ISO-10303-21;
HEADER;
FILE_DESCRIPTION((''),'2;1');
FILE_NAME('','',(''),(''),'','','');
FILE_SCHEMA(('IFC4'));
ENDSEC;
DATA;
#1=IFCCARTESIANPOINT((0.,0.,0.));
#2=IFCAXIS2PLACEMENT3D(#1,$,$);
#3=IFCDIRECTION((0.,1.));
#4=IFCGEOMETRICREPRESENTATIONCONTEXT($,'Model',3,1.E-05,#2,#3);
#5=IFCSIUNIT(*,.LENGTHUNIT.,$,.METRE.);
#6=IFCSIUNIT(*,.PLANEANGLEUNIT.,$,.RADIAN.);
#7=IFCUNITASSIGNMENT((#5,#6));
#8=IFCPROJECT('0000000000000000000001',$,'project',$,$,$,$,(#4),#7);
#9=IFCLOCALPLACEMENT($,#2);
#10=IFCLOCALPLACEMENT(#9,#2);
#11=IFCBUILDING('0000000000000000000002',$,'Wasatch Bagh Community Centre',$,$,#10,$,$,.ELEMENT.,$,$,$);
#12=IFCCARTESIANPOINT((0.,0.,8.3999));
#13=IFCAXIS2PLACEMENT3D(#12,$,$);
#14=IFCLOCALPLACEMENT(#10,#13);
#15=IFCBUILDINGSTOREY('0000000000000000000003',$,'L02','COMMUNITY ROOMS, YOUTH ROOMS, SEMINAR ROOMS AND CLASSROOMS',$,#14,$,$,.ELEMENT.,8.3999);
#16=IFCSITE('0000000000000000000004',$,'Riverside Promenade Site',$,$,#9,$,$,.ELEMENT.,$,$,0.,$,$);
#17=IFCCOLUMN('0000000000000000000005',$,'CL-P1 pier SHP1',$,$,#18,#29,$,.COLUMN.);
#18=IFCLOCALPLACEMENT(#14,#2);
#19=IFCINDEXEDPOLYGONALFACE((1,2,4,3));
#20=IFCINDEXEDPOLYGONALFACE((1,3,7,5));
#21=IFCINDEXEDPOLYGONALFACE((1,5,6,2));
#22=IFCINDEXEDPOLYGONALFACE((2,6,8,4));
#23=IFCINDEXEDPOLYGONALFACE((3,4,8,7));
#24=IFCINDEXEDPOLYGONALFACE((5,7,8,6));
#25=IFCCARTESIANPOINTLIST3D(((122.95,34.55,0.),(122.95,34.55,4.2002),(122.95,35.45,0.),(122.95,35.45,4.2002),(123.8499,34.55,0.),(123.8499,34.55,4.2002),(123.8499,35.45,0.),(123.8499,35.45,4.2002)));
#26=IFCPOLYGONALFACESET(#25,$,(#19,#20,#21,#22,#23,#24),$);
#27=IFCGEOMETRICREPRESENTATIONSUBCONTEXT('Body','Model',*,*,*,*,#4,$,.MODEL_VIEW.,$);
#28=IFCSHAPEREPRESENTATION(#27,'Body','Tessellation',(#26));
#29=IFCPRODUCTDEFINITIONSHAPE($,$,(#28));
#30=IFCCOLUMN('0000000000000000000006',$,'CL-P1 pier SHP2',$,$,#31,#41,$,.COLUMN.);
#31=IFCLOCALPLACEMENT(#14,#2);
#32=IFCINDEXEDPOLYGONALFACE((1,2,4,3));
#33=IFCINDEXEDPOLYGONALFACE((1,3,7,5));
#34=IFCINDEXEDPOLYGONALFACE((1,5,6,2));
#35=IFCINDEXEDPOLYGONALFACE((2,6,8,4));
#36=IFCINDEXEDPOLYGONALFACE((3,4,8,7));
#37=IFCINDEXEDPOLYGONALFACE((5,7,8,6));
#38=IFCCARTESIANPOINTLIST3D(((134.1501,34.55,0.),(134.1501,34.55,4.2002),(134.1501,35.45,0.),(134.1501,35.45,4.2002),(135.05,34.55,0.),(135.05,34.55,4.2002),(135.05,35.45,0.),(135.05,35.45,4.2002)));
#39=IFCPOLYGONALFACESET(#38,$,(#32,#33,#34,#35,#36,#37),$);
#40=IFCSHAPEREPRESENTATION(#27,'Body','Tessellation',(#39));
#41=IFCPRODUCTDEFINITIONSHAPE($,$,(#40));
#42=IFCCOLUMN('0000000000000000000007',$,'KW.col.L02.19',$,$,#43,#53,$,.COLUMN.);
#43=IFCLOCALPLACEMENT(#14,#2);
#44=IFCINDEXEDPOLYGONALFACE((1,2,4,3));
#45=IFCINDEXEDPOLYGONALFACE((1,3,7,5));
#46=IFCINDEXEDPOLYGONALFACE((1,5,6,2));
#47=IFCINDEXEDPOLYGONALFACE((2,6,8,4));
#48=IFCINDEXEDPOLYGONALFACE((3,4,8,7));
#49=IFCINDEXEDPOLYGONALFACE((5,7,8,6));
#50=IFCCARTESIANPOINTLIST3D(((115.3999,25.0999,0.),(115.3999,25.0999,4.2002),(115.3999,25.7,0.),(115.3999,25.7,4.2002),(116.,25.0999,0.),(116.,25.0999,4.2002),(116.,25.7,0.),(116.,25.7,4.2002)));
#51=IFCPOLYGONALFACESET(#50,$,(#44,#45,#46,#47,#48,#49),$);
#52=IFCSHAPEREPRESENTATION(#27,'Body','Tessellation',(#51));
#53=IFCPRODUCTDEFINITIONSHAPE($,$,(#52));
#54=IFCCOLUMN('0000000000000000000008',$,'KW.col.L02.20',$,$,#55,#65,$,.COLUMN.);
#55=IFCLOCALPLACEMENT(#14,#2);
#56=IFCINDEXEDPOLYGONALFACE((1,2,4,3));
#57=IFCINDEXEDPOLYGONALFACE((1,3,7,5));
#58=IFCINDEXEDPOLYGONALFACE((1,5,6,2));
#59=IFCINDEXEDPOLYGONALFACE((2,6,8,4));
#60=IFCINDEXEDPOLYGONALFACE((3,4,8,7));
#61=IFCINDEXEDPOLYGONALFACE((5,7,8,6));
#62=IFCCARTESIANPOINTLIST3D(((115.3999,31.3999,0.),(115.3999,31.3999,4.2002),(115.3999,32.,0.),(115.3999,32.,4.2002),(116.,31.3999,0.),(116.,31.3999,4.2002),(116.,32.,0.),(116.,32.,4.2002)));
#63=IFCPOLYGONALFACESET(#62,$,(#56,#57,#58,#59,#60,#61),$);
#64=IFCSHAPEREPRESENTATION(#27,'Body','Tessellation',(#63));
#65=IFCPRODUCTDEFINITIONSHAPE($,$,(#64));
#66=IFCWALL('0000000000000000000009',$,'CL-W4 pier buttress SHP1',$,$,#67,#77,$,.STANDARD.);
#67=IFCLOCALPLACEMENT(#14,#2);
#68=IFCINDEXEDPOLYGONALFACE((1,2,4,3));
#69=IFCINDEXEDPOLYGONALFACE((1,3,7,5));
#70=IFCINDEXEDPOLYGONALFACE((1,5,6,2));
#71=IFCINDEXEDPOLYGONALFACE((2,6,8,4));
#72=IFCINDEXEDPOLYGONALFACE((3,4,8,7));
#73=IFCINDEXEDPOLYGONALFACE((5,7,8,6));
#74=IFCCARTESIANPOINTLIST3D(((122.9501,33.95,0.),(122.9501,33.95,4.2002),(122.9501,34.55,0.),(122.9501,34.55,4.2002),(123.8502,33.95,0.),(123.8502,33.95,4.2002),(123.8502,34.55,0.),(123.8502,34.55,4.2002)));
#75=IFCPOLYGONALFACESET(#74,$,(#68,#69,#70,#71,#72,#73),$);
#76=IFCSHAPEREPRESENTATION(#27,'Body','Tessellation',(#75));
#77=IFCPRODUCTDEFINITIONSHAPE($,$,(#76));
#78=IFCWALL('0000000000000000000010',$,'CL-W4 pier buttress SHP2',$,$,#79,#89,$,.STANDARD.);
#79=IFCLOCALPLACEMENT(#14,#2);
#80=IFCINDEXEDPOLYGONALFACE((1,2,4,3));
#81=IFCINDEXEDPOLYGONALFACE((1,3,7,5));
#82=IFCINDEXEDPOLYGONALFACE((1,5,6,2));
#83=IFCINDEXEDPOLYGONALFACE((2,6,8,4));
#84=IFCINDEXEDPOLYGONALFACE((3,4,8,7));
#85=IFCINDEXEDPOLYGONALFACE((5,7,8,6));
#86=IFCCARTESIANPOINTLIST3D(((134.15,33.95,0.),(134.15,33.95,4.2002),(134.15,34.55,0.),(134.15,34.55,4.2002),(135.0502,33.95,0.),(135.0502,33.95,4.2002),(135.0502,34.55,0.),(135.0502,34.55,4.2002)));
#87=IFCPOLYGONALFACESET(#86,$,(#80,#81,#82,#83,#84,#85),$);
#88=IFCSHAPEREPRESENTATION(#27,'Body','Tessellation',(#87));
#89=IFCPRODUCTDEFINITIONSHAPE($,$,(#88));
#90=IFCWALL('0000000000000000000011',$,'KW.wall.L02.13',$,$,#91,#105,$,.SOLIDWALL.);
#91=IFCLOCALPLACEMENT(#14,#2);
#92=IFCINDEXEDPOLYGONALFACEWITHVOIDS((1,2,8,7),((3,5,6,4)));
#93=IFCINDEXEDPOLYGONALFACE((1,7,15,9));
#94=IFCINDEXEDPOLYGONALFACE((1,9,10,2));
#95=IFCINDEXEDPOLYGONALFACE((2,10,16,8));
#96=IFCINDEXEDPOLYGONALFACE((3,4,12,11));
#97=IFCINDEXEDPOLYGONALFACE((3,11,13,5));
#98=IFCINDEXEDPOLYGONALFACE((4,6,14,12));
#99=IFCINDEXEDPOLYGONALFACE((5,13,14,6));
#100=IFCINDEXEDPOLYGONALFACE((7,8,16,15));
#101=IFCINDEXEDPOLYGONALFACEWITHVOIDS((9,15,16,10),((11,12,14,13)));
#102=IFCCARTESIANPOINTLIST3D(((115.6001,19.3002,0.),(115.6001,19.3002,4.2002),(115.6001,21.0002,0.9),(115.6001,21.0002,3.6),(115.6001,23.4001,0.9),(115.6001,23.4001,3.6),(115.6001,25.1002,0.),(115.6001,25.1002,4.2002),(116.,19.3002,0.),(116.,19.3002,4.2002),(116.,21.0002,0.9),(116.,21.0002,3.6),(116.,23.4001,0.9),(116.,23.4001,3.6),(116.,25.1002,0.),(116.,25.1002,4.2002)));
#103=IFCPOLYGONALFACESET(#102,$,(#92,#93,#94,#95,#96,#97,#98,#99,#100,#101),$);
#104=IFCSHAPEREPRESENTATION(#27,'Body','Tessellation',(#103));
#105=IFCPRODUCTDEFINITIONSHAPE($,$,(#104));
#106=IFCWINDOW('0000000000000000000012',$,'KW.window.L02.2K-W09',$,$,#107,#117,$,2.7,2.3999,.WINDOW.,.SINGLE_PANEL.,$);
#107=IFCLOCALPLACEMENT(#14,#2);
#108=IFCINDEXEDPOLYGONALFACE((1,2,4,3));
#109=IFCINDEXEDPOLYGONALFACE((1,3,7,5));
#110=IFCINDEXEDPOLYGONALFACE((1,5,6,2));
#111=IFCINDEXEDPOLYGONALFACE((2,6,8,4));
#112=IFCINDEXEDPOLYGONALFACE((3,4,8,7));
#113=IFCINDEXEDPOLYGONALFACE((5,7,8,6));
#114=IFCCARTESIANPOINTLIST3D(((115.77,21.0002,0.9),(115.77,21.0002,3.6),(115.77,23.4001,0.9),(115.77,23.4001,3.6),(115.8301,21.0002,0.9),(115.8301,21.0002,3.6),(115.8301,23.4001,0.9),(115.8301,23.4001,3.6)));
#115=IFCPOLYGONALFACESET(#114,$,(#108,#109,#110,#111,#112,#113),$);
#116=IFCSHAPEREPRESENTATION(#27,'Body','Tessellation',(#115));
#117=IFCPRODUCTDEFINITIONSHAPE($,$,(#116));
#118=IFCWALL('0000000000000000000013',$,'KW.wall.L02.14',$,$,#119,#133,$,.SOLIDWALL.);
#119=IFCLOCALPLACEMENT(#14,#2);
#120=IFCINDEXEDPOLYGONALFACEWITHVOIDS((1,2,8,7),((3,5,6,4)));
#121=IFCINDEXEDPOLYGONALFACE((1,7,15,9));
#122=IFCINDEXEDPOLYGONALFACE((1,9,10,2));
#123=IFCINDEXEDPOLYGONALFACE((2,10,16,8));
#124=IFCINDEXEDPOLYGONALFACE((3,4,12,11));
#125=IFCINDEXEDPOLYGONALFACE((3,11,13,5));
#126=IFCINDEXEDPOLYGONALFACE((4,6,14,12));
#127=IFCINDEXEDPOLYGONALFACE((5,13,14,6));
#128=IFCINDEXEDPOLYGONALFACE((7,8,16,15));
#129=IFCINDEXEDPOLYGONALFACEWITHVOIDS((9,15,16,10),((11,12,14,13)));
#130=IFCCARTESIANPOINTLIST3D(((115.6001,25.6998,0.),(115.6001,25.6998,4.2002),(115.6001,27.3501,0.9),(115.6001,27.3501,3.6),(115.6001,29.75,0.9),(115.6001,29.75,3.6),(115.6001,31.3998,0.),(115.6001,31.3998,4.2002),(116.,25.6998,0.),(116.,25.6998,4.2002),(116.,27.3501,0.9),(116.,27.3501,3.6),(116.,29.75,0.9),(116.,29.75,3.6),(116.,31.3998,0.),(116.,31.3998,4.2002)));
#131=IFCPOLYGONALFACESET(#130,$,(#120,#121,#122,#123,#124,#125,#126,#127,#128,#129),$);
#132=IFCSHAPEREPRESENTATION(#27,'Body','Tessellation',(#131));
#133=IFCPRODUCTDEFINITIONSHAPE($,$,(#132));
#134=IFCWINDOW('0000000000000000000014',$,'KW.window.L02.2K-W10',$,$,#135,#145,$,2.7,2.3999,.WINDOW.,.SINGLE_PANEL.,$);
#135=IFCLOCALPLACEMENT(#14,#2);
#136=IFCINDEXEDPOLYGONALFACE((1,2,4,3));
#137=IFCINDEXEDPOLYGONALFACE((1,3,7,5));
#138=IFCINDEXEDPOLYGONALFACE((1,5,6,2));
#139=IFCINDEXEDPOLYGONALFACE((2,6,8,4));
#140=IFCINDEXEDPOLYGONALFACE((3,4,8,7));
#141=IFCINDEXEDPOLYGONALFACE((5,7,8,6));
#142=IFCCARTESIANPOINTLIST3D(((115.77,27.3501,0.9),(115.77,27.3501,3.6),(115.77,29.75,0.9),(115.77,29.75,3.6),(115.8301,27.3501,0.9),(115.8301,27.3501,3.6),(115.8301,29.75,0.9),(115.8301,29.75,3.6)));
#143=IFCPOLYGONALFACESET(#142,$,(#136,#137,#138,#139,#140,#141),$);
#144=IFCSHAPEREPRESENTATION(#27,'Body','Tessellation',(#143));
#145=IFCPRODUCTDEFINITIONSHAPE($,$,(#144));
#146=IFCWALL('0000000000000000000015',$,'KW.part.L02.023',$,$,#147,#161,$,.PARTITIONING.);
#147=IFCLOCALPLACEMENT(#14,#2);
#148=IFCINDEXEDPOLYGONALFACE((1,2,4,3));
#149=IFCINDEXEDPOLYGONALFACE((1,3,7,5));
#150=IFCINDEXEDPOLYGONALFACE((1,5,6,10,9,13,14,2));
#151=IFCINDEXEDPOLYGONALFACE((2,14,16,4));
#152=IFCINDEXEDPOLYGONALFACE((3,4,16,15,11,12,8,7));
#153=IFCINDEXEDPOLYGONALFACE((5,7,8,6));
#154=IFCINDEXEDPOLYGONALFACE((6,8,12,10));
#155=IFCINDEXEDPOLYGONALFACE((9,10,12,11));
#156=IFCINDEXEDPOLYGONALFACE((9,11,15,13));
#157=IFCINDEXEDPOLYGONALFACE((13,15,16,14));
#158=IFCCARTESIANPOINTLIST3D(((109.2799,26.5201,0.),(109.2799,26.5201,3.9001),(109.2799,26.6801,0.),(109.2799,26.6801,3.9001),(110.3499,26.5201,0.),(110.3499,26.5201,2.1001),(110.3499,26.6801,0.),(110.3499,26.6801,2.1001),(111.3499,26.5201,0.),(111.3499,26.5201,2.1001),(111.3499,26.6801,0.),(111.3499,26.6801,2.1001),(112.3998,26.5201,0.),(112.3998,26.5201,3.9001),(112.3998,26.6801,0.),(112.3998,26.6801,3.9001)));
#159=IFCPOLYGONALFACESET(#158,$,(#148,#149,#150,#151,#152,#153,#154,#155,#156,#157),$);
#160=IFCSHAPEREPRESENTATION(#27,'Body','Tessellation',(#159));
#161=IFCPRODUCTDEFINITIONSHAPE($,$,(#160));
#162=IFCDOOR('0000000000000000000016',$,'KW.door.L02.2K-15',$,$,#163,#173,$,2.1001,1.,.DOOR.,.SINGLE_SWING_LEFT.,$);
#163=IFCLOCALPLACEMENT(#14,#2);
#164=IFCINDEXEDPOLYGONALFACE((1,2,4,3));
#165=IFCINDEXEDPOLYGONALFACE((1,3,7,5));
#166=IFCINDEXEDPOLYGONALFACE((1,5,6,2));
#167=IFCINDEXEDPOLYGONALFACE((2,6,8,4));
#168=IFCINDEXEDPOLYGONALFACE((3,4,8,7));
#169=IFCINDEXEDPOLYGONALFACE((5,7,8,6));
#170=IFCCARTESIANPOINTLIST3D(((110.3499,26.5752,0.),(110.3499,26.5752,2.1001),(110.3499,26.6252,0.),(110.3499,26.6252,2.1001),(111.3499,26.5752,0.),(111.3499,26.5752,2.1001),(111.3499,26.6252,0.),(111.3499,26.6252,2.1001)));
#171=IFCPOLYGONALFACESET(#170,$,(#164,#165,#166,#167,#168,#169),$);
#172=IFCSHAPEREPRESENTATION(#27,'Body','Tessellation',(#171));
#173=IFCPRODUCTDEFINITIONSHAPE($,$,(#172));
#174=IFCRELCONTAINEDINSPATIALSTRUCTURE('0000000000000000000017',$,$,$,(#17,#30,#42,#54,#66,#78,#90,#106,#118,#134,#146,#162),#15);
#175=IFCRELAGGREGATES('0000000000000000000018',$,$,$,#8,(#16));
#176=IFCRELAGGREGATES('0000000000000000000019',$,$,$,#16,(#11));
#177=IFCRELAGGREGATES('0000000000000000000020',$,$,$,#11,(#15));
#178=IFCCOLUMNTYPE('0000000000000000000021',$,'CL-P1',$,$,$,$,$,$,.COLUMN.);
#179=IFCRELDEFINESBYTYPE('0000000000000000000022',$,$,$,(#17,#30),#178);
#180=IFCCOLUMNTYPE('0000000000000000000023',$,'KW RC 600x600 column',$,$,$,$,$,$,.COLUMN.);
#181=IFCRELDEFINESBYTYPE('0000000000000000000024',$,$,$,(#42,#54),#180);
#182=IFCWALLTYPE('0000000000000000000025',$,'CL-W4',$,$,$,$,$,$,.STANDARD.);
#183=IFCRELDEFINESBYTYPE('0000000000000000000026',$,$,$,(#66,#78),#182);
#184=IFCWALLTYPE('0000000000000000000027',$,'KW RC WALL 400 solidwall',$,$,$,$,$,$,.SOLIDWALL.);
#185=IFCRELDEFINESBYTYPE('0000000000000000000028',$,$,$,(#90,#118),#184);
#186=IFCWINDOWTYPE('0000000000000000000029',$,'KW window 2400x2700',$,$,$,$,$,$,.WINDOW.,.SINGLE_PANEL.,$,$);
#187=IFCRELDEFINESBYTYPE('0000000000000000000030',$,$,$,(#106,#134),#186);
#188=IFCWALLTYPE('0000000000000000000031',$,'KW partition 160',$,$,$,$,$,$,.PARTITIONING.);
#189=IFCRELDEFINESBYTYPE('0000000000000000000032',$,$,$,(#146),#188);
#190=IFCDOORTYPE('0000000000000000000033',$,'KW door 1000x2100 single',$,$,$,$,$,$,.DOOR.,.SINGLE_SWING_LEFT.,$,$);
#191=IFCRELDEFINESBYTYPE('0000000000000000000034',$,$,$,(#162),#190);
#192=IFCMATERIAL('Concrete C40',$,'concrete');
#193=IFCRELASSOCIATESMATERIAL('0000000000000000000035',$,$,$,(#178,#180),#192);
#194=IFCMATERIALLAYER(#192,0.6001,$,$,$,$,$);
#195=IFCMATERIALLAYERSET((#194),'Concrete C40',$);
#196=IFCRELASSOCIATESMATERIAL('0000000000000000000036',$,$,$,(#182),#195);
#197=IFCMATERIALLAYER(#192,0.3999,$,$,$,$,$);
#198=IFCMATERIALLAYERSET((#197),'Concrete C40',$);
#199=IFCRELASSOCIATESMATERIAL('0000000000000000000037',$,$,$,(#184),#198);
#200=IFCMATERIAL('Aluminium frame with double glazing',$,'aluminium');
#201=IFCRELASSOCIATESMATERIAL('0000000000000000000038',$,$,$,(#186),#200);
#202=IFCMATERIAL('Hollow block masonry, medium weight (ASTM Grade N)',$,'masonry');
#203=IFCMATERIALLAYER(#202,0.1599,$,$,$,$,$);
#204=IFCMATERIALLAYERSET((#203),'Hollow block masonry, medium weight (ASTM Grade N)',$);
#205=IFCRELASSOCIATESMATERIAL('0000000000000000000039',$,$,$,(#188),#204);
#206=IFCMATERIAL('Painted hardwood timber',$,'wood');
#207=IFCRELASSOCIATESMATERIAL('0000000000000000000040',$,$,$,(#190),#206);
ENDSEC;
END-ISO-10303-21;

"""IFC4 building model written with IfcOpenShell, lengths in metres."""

from ifc_helpers import new_model, si_unit, direction, frame, frame_2d, origin, origin_2d, place, context, subcontext, project, spatial, rectangle, extrude, material, layer, layer_set, material_profile, profile_set, type_object, element, fill, save


model = new_model("IFC4")

# Units and contexts
model_context = context("Model", 3, precision=1e-05, world=origin(), true_north=direction((0.0, 1.0)))
body_context = subcontext(model_context, "Body", "Model", "MODEL_VIEW")
ifc_project = project(units=[si_unit("LENGTHUNIT", "METRE"), si_unit("PLANEANGLEUNIT", "RADIAN")], contexts=[model_context])

# Site, building, storey
site_placement = place(None, origin())
site = spatial("IfcSite", under=ifc_project, at=site_placement, Name="Riverside Promenade Site", CompositionType="ELEMENT", RefElevation=0.0)
building_placement = place(site_placement, origin())
building = spatial("IfcBuilding", under=site, at=building_placement, Name="Wasatch Bagh Community Centre", CompositionType="ELEMENT")
storey_placement = place(building_placement, frame((0.0, 0.0, 8.3999)))
storey = spatial("IfcBuildingStorey", under=building, at=storey_placement, Name="L02", Description="COMMUNITY ROOMS, YOUTH ROOMS, SEMINAR ROOMS AND CLASSROOMS", CompositionType="ELEMENT", Elevation=8.3999)

# Columns
ifc_material_1 = material(Name="Concrete C40", Category="concrete")
ifc_material_profile_1 = material_profile(ifc_material_1, rectangle(XDim=0.8999, YDim=0.8999, at=origin_2d()), Name="RC 900x900")
ifc_profile_set_1 = profile_set([ifc_material_profile_1], Name="Concrete C40")
column_type_1 = type_object("IfcColumnType", Name="CL-P1", PredefinedType="COLUMN", material=ifc_profile_set_1)
for number, where, z_axis, x_axis, name in (
    (1, (123.3999, 35.0, 0.0), (0.0, 0.0, 1.0), (1.0, 0.0, 0.0), "CL-P1 pier SHP1"),
    (2, (134.6001, 35.0, 0.0), (0.0, 0.0, 1.0), (1.0, 0.0, 0.0), "CL-P1 pier SHP2"),
):
    element("IfcColumn", number, at=place(storey_placement, frame(where, z_axis=z_axis, x_axis=x_axis)), inside=storey, type_object=column_type_1, Name=name, PredefinedType="COLUMN", context=body_context, shape_type="SweptSolid", body=[
        extrude(rectangle(XDim=0.8999, YDim=0.8999, at=origin_2d()), origin(), (0.0, 0.0, 1.0), 4.2002),
    ])
ifc_material_profile_2 = material_profile(ifc_material_1, rectangle(XDim=0.6001, YDim=0.6001, at=origin_2d()), Name="RC 600x600")
ifc_profile_set_2 = profile_set([ifc_material_profile_2], Name="Concrete C40")
column_type_2 = type_object("IfcColumnType", Name="KW RC 600x600 column", PredefinedType="COLUMN", material=ifc_profile_set_2)
for number, where, z_axis, x_axis, name in (
    (3, (115.7, 25.3999, 0.0), (0.0, 0.0, 1.0), (1.0, 0.0, 0.0), "KW.col.L02.19"),
    (4, (115.7, 31.7, 0.0), (0.0, 0.0, 1.0), (1.0, 0.0, 0.0), "KW.col.L02.20"),
):
    element("IfcColumn", number, at=place(storey_placement, frame(where, z_axis=z_axis, x_axis=x_axis)), inside=storey, type_object=column_type_2, Name=name, PredefinedType="COLUMN", context=body_context, shape_type="SweptSolid", body=[
        extrude(rectangle(XDim=0.6001, YDim=0.6001, at=origin_2d()), origin(), (0.0, 0.0, 1.0), 4.2002),
    ])

# Walls
ifc_layer_1 = layer(ifc_material_1, 0.6001)
ifc_layer_set_1 = layer_set([ifc_layer_1], Name="Concrete C40")
wall_type_1 = type_object("IfcWallType", Name="CL-W4", PredefinedType="STANDARD", material=ifc_layer_set_1)
for number, where, z_axis, x_axis, name in (
    (5, (122.95, 34.25, 0.0), (0.0, 0.0, 1.0), (1.0, 0.0, 0.0), "CL-W4 pier buttress SHP1"),
    (6, (134.1499, 34.25, 0.0), (0.0, 0.0, 1.0), (1.0, 0.0, 0.0), "CL-W4 pier buttress SHP2"),
):
    element("IfcWall", number, at=place(storey_placement, frame(where, z_axis=z_axis, x_axis=x_axis)), inside=storey, type_object=wall_type_1, Name=name, PredefinedType="STANDARD", context=body_context, shape_type="SweptSolid", body=[
        extrude(rectangle(XDim=0.9001, YDim=0.6001, at=frame_2d((0.4502, 0.0))), origin(), (0.0, 0.0, 1.0), 4.2002),
    ])

# Walls, openings, windows
ifc_layer_2 = layer(ifc_material_1, 0.3999)
ifc_layer_set_2 = layer_set([ifc_layer_2], Name="Concrete C40")
wall_type_2 = type_object("IfcWallType", Name="KW RC WALL 400 solidwall", PredefinedType="SOLIDWALL", material=ifc_layer_set_2)
wall_1_placement = place(storey_placement, frame((115.8, 25.1001, 0.0), z_axis=(0.0, 0.0, 1.0), x_axis=(0.0, -1.0, 0.0)))
wall_1 = element("IfcWall", 7, at=wall_1_placement, inside=storey, type_object=wall_type_2, Name="KW.wall.L02.13", PredefinedType="SOLIDWALL", context=body_context, shape_type="SweptSolid", body=[
    extrude(rectangle(XDim=5.8, YDim=0.3999, at=frame_2d((2.8999, 0.0))), origin(), (0.0, 0.0, 1.0), 4.2002),
])
opening_1_placement = place(wall_1_placement, frame((1.7, 0.0, 0.8999)))
opening_1 = element("IfcOpeningElement", 8, at=opening_1_placement, cuts=wall_1, PredefinedType="OPENING", context=body_context, shape_type="SweptSolid", body=[
    extrude(rectangle(XDim=2.3999, YDim=2.7, at=frame_2d((1.2, 1.3501))), frame((0.0, 0.21, 0.0), z_axis=(0.0, -1.0, 0.0), x_axis=(1.0, 0.0, 0.0)), (0.0, 0.0, 1.0), 0.4199),
])
ifc_material_2 = material(Name="Aluminium frame with double glazing", Category="aluminium")
window_type = type_object("IfcWindowType", Name="KW window 2400x2700", PartitioningType="SINGLE_PANEL", PredefinedType="WINDOW", material=ifc_material_2)
window_1_placement = place(opening_1_placement, origin())
window_1 = element("IfcWindow", 9, at=window_1_placement, inside=storey, type_object=window_type, Name="KW.window.L02.2K-W09", OverallHeight=2.7, OverallWidth=2.3999, PartitioningType="SINGLE_PANEL", PredefinedType="WINDOW", context=body_context, shape_type="SweptSolid", body=[
    extrude(rectangle(XDim=2.3999, YDim=2.7, at=frame_2d((1.2, 1.3501))), frame((0.0, 0.03, 0.0), z_axis=(0.0, -1.0, 0.0), x_axis=(1.0, 0.0, 0.0)), (0.0, 0.0, 1.0), 0.0601),
])
fill(opening_1, window_1)
wall_2_placement = place(storey_placement, frame((115.8, 31.3999, 0.0), z_axis=(0.0, 0.0, 1.0), x_axis=(0.0, -1.0, 0.0)))
wall_2 = element("IfcWall", 10, at=wall_2_placement, inside=storey, type_object=wall_type_2, Name="KW.wall.L02.14", PredefinedType="SOLIDWALL", context=body_context, shape_type="SweptSolid", body=[
    extrude(rectangle(XDim=5.7, YDim=0.3999, at=frame_2d((2.8501, 0.0))), origin(), (0.0, 0.0, 1.0), 4.2002),
])
opening_2_placement = place(wall_2_placement, frame((1.6499, 0.0, 0.8999)))
opening_2 = element("IfcOpeningElement", 11, at=opening_2_placement, cuts=wall_2, PredefinedType="OPENING", context=body_context, shape_type="SweptSolid", body=[
    extrude(rectangle(XDim=2.3999, YDim=2.7, at=frame_2d((1.2, 1.3501))), frame((0.0, 0.21, 0.0), z_axis=(0.0, -1.0, 0.0), x_axis=(1.0, 0.0, 0.0)), (0.0, 0.0, 1.0), 0.4199),
])
window_2_placement = place(opening_2_placement, origin())
window_2 = element("IfcWindow", 12, at=window_2_placement, inside=storey, type_object=window_type, Name="KW.window.L02.2K-W10", OverallHeight=2.7, OverallWidth=2.3999, PartitioningType="SINGLE_PANEL", PredefinedType="WINDOW", context=body_context, shape_type="SweptSolid", body=[
    extrude(rectangle(XDim=2.3999, YDim=2.7, at=frame_2d((1.2, 1.3501))), frame((0.0, 0.03, 0.0), z_axis=(0.0, -1.0, 0.0), x_axis=(1.0, 0.0, 0.0)), (0.0, 0.0, 1.0), 0.0601),
])
fill(opening_2, window_2)

# Wall, opening, door
ifc_material_3 = material(Name="Hollow block masonry, medium weight (ASTM Grade N)", Category="masonry")
ifc_layer_3 = layer(ifc_material_3, 0.1599)
ifc_layer_set_3 = layer_set([ifc_layer_3], Name="Hollow block masonry, medium weight (ASTM Grade N)")
wall_type_3 = type_object("IfcWallType", Name="KW partition 160", PredefinedType="PARTITIONING", material=ifc_layer_set_3)
wall_3_placement = place(storey_placement, frame((112.3999, 26.6001, 0.0), z_axis=(0.0, 0.0, 1.0), x_axis=(-1.0, 0.0, 0.0)))
wall_3 = element("IfcWall", 13, at=wall_3_placement, inside=storey, type_object=wall_type_3, Name="KW.part.L02.023", PredefinedType="PARTITIONING", context=body_context, shape_type="SweptSolid", body=[
    extrude(rectangle(XDim=3.1199, YDim=0.1599, at=frame_2d((1.5601, 0.0))), origin(), (0.0, 0.0, 1.0), 3.9001),
])
opening_3_placement = place(wall_3_placement, frame((1.05, 0.0, 0.0)))
opening_3 = element("IfcOpeningElement", 14, at=opening_3_placement, cuts=wall_3, PredefinedType="OPENING", context=body_context, shape_type="SweptSolid", body=[
    extrude(rectangle(XDim=1.0, YDim=2.1001, at=frame_2d((0.5, 1.05))), frame((0.0, 0.0898, 0.0), z_axis=(0.0, -1.0, 0.0), x_axis=(1.0, 0.0, 0.0)), (0.0, 0.0, 1.0), 0.1799),
])
ifc_material_4 = material(Name="Painted hardwood timber", Category="wood")
door_type = type_object("IfcDoorType", Name="KW door 1000x2100 single", OperationType="SINGLE_SWING_LEFT", PredefinedType="DOOR", material=ifc_material_4)
door_1_placement = place(opening_3_placement, origin())
door_1 = element("IfcDoor", 15, at=door_1_placement, inside=storey, type_object=door_type, Name="KW.door.L02.2K-15", OperationType="SINGLE_SWING_LEFT", OverallHeight=2.1001, OverallWidth=1.0, PredefinedType="DOOR", context=body_context, shape_type="SweptSolid", body=[
    extrude(rectangle(XDim=1.0, YDim=2.1001, at=frame_2d((0.5, 1.05))), frame((0.0, 0.0249, 0.0), z_axis=(0.0, -1.0, 0.0), x_axis=(1.0, 0.0, 0.0)), (0.0, 0.0, 1.0), 0.05),
])
fill(opening_3, door_1)

save(model, "model.ifc")
